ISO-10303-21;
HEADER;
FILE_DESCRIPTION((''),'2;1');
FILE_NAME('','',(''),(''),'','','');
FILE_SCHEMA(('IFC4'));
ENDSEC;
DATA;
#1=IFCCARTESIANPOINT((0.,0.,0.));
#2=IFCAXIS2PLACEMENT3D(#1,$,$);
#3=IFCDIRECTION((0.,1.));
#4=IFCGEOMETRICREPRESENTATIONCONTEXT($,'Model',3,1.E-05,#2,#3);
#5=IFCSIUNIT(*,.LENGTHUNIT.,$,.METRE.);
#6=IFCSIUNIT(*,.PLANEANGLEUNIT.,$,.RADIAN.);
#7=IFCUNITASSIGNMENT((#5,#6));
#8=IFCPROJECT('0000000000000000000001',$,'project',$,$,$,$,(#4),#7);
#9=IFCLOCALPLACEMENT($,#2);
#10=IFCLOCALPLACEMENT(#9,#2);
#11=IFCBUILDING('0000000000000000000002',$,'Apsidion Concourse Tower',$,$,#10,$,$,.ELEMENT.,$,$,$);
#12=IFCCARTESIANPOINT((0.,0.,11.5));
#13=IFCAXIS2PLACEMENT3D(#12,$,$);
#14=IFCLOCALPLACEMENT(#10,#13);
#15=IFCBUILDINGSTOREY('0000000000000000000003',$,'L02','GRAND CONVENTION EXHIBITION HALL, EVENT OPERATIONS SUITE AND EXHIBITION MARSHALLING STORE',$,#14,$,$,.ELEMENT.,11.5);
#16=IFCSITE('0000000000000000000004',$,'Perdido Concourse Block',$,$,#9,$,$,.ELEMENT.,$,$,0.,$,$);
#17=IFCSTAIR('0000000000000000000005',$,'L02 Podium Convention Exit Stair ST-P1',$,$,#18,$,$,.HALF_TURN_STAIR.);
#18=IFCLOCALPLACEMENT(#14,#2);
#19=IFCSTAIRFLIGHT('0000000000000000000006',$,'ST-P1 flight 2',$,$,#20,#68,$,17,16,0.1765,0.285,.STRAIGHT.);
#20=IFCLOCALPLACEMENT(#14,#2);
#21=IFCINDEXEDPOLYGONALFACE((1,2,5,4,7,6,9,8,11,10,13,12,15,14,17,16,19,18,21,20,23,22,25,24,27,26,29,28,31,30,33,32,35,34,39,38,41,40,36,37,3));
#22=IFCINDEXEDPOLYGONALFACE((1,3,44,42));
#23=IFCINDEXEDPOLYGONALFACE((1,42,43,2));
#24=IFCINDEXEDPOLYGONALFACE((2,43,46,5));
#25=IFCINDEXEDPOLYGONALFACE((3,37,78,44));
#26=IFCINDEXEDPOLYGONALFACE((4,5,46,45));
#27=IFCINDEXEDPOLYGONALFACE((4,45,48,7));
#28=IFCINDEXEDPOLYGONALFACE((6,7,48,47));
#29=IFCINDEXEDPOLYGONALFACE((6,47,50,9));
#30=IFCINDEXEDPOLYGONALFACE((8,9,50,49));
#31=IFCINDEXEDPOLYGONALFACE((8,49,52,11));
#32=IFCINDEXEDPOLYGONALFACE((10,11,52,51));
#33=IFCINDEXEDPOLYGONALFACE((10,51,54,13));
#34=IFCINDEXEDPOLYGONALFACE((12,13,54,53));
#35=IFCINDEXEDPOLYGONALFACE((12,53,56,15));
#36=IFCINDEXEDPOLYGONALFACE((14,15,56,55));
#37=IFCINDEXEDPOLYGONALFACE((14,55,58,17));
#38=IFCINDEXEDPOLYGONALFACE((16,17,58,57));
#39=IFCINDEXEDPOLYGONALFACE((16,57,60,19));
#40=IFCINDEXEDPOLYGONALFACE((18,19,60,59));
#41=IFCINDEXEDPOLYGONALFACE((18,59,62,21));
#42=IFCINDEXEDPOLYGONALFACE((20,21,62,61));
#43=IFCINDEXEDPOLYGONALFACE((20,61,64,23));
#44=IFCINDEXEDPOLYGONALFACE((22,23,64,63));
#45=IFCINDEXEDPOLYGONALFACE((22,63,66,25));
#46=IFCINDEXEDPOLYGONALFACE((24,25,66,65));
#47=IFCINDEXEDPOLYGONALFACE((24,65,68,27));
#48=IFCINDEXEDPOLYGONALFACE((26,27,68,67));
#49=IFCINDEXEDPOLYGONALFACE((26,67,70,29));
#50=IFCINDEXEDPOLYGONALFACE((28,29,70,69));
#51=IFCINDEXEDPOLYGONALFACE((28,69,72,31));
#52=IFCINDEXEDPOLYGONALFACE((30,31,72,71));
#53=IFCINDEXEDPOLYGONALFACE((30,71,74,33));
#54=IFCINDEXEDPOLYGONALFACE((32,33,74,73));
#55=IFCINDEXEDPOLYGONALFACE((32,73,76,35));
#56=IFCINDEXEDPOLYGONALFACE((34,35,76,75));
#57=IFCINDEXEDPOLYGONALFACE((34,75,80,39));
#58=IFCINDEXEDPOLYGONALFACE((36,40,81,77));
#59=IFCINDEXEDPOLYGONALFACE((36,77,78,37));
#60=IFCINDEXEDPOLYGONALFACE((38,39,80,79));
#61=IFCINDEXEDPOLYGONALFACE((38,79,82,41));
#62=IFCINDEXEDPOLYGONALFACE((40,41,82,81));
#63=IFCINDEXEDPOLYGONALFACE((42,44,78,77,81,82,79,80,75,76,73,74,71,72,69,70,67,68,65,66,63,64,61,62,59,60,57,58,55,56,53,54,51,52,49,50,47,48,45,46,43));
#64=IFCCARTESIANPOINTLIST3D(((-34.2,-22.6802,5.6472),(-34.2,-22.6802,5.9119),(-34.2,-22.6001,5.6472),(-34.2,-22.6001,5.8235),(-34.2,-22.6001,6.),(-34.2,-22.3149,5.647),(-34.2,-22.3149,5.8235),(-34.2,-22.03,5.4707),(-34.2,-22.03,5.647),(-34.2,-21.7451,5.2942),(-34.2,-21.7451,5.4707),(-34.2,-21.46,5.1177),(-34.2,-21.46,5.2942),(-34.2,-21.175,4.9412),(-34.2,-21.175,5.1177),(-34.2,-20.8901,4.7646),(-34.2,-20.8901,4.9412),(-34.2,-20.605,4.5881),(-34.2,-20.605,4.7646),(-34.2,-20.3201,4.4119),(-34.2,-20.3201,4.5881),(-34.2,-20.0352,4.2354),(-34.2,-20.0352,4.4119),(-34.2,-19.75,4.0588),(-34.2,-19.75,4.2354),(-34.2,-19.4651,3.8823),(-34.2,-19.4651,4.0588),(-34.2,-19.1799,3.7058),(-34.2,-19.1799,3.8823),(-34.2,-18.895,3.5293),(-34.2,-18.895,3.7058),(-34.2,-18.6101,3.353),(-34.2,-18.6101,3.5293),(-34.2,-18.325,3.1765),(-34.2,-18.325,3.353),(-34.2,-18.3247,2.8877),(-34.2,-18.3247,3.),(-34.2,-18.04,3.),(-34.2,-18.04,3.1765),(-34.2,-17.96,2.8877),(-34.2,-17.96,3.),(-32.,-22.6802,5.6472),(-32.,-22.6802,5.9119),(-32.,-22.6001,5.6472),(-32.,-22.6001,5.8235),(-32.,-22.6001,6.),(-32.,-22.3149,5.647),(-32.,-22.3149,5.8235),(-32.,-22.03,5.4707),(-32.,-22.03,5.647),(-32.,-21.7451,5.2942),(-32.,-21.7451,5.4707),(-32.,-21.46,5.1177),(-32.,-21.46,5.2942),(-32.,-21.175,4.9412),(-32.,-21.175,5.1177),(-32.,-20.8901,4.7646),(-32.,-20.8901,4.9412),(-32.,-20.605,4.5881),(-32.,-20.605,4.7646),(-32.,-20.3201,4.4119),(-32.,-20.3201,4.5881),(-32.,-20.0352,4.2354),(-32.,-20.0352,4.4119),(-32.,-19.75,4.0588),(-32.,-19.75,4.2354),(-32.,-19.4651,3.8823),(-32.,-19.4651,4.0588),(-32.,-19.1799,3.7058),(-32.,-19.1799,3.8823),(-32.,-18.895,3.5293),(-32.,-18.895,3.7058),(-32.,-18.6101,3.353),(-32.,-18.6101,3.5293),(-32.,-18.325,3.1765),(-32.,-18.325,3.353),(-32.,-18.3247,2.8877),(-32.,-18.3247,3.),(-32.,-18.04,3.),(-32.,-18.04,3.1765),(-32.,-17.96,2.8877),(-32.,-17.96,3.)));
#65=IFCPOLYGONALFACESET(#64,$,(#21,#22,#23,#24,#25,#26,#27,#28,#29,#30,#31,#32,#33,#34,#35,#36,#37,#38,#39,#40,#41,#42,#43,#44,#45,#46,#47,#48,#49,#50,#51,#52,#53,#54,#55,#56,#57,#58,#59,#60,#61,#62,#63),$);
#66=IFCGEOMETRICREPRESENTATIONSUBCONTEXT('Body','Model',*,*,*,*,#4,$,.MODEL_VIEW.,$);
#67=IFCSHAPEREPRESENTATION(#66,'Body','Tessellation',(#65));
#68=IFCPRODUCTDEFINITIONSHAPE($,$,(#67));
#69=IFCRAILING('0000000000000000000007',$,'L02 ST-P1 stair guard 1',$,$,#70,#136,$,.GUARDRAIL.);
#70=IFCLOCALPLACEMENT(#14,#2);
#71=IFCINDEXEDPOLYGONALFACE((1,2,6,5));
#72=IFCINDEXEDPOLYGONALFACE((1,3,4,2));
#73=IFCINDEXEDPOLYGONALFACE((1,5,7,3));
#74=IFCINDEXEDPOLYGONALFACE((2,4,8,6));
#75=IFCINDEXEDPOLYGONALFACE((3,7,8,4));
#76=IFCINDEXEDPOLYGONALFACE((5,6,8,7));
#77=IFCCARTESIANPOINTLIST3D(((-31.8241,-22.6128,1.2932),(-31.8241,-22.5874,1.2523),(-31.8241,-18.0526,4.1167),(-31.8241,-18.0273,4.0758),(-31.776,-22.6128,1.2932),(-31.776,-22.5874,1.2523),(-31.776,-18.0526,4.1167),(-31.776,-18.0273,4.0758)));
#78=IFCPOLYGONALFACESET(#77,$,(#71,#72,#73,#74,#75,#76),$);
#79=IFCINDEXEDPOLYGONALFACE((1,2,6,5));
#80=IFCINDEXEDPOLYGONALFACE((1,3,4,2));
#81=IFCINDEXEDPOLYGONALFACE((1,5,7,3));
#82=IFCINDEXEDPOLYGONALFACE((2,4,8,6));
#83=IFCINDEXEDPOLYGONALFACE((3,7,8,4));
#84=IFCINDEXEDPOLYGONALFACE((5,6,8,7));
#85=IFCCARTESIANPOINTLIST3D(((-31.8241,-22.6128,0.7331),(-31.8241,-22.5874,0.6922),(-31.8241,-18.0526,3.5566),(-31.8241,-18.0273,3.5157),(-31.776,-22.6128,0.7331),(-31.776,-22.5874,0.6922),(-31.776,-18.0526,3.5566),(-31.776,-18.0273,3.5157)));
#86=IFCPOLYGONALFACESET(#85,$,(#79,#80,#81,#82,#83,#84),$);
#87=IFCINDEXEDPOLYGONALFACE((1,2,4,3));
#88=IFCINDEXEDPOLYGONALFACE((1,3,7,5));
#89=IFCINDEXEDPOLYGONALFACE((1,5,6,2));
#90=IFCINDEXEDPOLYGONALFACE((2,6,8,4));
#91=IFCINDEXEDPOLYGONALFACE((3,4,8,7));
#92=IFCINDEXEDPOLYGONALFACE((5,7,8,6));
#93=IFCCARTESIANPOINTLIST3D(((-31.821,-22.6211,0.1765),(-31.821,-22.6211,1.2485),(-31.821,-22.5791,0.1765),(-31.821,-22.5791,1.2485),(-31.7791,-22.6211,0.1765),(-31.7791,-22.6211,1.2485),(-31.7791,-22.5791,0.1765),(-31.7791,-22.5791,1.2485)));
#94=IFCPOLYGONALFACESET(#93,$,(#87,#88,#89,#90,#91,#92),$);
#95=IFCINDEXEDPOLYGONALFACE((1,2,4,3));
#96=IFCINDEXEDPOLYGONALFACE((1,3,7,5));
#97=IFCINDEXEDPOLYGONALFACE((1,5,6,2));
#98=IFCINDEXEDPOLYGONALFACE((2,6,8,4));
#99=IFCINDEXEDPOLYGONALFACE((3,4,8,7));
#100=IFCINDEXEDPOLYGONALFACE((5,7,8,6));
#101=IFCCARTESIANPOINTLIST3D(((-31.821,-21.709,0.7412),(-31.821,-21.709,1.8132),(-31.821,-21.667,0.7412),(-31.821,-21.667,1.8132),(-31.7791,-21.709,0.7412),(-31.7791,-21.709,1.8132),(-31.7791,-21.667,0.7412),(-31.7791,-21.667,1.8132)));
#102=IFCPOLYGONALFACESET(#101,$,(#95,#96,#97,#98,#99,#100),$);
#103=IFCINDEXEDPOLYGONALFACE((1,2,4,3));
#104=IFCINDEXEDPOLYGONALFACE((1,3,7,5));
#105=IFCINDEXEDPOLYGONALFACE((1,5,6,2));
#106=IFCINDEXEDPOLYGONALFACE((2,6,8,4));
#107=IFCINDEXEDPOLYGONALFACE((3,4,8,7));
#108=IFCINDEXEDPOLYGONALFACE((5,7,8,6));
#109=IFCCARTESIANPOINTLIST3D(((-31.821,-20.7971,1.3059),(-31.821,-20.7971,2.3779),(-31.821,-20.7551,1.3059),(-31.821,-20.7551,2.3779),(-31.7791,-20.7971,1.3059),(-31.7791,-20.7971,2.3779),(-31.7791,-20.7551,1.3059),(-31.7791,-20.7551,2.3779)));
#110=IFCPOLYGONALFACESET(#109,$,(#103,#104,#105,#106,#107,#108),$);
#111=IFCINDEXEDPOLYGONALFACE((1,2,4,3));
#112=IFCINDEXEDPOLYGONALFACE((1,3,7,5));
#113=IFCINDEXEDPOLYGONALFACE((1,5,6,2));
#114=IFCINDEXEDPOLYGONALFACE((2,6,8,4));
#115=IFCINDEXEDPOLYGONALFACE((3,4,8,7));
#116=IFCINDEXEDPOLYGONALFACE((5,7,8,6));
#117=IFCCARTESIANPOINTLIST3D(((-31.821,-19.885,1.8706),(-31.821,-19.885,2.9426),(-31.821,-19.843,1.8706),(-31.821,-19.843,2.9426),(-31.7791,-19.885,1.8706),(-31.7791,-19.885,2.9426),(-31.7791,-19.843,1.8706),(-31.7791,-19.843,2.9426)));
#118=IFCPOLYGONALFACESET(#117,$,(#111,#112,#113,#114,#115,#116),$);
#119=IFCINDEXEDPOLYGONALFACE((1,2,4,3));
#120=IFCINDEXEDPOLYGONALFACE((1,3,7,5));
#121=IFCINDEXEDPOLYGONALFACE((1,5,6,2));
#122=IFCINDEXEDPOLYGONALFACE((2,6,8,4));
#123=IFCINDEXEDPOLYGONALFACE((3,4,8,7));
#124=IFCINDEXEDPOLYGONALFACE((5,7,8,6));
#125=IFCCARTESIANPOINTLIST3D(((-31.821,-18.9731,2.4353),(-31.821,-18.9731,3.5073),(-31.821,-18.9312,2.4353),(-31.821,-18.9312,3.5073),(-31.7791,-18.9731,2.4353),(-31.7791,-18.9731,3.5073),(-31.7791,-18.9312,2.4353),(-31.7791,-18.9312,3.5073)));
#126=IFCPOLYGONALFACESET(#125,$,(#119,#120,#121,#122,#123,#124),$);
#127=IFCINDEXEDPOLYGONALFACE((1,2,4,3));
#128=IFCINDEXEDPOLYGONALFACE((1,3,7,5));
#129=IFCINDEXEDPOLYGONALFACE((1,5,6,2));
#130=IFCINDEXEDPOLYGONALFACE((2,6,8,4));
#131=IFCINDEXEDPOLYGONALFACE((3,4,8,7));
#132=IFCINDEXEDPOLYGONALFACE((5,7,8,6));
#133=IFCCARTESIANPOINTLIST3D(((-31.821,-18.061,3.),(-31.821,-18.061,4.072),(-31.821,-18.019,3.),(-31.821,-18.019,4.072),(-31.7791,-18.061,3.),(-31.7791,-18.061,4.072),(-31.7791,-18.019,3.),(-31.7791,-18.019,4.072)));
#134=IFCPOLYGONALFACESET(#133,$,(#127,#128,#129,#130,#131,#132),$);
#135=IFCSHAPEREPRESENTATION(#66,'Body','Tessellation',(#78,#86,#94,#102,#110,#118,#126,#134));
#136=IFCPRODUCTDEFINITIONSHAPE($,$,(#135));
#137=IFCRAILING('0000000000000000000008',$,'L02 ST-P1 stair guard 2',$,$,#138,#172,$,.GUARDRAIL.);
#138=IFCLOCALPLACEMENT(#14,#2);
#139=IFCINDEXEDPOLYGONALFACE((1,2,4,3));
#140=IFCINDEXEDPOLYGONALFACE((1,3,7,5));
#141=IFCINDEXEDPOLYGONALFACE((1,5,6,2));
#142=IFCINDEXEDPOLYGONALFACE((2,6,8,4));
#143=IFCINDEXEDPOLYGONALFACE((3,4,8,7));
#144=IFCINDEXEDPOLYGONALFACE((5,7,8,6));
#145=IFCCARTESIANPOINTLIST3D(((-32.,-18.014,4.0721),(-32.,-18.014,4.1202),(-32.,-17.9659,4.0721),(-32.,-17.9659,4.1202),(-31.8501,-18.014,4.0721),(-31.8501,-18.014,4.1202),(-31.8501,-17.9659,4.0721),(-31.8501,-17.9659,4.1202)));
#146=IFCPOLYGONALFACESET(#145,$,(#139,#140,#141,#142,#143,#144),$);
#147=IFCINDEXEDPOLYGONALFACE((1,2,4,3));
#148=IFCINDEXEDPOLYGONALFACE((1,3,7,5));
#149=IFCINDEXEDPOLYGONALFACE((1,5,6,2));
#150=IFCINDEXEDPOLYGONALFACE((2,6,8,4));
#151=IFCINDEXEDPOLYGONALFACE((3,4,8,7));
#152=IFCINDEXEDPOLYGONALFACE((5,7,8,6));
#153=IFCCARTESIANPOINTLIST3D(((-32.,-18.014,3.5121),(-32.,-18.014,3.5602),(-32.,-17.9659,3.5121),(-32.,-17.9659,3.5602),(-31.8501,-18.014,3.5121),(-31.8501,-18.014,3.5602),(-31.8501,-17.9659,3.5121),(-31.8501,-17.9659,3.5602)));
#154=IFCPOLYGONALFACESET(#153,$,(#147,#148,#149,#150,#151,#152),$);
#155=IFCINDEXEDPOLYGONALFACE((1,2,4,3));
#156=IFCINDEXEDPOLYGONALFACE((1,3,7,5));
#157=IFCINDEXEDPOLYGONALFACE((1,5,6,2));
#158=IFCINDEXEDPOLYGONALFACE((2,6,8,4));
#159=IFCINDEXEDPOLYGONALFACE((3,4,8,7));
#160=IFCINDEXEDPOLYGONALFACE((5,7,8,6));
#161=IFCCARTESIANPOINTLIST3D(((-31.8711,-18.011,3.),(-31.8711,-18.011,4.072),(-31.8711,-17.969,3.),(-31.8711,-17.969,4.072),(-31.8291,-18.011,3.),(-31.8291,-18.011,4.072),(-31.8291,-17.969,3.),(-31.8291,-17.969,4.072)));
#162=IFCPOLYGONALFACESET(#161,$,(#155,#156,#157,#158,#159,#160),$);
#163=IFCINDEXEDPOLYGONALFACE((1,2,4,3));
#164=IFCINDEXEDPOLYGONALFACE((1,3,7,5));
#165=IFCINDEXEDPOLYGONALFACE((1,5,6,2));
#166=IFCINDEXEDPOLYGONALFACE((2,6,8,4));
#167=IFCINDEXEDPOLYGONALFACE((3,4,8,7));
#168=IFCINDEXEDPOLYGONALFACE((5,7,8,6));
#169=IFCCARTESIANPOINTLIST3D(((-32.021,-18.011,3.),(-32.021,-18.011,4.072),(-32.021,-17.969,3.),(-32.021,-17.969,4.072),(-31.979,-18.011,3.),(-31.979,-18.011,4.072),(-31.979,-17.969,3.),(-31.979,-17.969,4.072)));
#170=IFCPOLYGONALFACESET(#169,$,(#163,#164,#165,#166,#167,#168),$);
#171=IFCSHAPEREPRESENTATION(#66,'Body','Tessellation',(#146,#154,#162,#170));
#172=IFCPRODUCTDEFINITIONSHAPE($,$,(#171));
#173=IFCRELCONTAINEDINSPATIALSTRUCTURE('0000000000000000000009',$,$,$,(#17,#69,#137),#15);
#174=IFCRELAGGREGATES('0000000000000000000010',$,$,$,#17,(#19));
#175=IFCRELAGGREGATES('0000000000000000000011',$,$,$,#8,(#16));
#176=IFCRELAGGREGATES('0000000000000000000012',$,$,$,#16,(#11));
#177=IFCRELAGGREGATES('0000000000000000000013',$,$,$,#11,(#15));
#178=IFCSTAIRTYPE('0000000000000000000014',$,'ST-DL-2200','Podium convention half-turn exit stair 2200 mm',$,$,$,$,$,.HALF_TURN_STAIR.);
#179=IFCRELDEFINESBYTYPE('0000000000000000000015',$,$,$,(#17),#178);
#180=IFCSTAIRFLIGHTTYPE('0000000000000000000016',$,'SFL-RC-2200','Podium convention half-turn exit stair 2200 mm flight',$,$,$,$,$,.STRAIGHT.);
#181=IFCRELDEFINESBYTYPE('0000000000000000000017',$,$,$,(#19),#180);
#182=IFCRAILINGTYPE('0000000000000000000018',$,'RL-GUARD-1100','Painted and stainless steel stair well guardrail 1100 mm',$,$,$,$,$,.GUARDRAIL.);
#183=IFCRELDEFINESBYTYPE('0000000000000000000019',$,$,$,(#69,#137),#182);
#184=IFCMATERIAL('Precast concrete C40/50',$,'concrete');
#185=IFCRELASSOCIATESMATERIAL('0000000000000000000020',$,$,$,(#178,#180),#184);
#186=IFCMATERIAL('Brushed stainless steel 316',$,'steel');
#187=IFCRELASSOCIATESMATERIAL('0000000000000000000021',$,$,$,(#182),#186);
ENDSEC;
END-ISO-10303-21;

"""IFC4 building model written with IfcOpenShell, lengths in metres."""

from ifc_helpers import new_model, si_unit, direction, frame, origin, origin_2d, place, context, subcontext, project, spatial, polyline, rectangle, outline, extrude, material, type_object, element, aggregate, save


model = new_model("IFC4")

# Units and contexts
model_context = context("Model", 3, precision=1e-05, world=origin(), true_north=direction((0.0, 1.0)))
body_context = subcontext(model_context, "Body", "Model", "MODEL_VIEW")
ifc_project = project(units=[si_unit("LENGTHUNIT", "METRE"), si_unit("PLANEANGLEUNIT", "RADIAN")], contexts=[model_context])

# Site, building, storey
site_placement = place(None, origin())
site = spatial("IfcSite", under=ifc_project, at=site_placement, Name="Perdido Concourse Block", CompositionType="ELEMENT", RefElevation=0.0)
building_placement = place(site_placement, origin())
building = spatial("IfcBuilding", under=site, at=building_placement, Name="Apsidion Concourse Tower", CompositionType="ELEMENT")
storey_placement = place(building_placement, frame((0.0, 0.0, 11.5)))
storey = spatial("IfcBuildingStorey", under=building, at=storey_placement, Name="L02", Description="GRAND CONVENTION EXHIBITION HALL, EVENT OPERATIONS SUITE AND EXHIBITION MARSHALLING STORE", CompositionType="ELEMENT", Elevation=11.5)

# Shared definitions
ifc_material_1 = material(Name="Precast concrete C40/50", Category="concrete")

# Shared definitions
ifc_material_2 = material(Name="Brushed stainless steel 316", Category="steel")

# Stair, stair flight
stair_type = type_object("IfcStairType", Name="ST-DL-2200", Description="Podium convention half-turn exit stair 2200 mm", PredefinedType="HALF_TURN_STAIR", material=ifc_material_1)
stair_placement = place(storey_placement, origin())
stair = element("IfcStair", 1, at=stair_placement, inside=storey, type_object=stair_type, Name="L02 Podium Convention Exit Stair ST-P1", PredefinedType="HALF_TURN_STAIR")
stair_flight_type = type_object("IfcStairFlightType", Name="SFL-RC-2200", Description="Podium convention half-turn exit stair 2200 mm flight", PredefinedType="STRAIGHT", material=ifc_material_1)
stair_flight_1_placement = place(storey_placement, frame((-33.1001, -18.04, 3.0), z_axis=(0.0, 0.0, 1.0), x_axis=(0.0, -1.0, 0.0)))
stair_flight_1 = element("IfcStairFlight", 2, at=stair_flight_1_placement, type_object=stair_flight_type, Name="ST-P1 flight 2", NumberOfRisers=17, NumberOfTreads=16, PredefinedType="STRAIGHT", RiserHeight=0.1765, TreadLength=0.285, context=body_context, shape_type="SweptSolid", body=[
    extrude(outline(polyline([(-0.0801, -0.1123), (-0.0801, 0.0), (0.0, 0.0), (0.0, 0.1765), (0.2849, 0.1765), (0.2849, 0.353), (0.5701, 0.353), (0.5701, 0.5293), (0.855, 0.5293), (0.855, 0.7058), (1.1399, 0.7058), (1.1399, 0.8823), (1.425, 0.8823), (1.425, 1.0588), (1.71, 1.0588), (1.71, 1.2354), (1.9951, 1.2354), (1.9951, 1.4119), (2.28, 1.4119), (2.28, 1.5881), (2.5649, 1.5881), (2.5649, 1.7646), (2.8501, 1.7646), (2.8501, 1.9412), (3.135, 1.9412), (3.135, 2.1177), (3.4199, 2.1177), (3.4199, 2.2942), (3.7051, 2.2942), (3.7051, 2.4707), (3.99, 2.4707), (3.99, 2.647), (4.2749, 2.647), (4.2749, 2.8235), (4.5601, 2.8235), (4.5601, 3.0), (4.6401, 2.9119), (4.6401, 2.6472), (4.5601, 2.6472), (0.2847, 0.0), (0.2847, -0.1123), (-0.0801, -0.1123)])), frame((0.0, 1.1001, 0.0), z_axis=(0.0, -1.0, 0.0), x_axis=(1.0, 0.0, 0.0)), (0.0, 0.0, 1.0), 2.2),
])
aggregate(stair, [stair_flight_1])

# Railings
railing_type_1 = type_object("IfcRailingType", Name="RL-GUARD-1100", Description="Painted and stainless steel stair well guardrail 1100 mm", PredefinedType="GUARDRAIL", material=ifc_material_2)
railing_1_placement = place(storey_placement, frame((-31.8, -22.6001, 0.1765)))
element("IfcRailing", 3, at=railing_1_placement, inside=storey, type_object=railing_type_1, Name="L02 ST-P1 stair guard 1", PredefinedType="GUARDRAIL", context=body_context, shape_type="SweptSolid", body=[
    extrude(rectangle(XDim=0.0481, YDim=0.0481, at=origin_2d()), frame((0.0, 0.0, 1.0962), z_axis=(0.0, 0.850216, 0.526435), x_axis=(-1.0, 0.0, 0.0)), (0.0, 0.0, 1.0), 5.3635),
    extrude(rectangle(XDim=0.0481, YDim=0.0481, at=origin_2d()), frame((0.0, 0.0, 0.5361), z_axis=(0.0, 0.850216, 0.526435), x_axis=(-1.0, 0.0, 0.0)), (0.0, 0.0, 1.0), 5.3635),
    extrude(rectangle(XDim=0.042, YDim=0.042, at=origin_2d()), origin(), (0.0, 0.0, 1.0), 1.072),
    extrude(rectangle(XDim=0.042, YDim=0.042, at=origin_2d()), frame((0.0, 0.9121, 0.5647)), (0.0, 0.0, 1.0), 1.072),
    extrude(rectangle(XDim=0.042, YDim=0.042, at=origin_2d()), frame((0.0, 1.824, 1.1294)), (0.0, 0.0, 1.0), 1.072),
    extrude(rectangle(XDim=0.042, YDim=0.042, at=origin_2d()), frame((0.0, 2.7361, 1.6941)), (0.0, 0.0, 1.0), 1.072),
    extrude(rectangle(XDim=0.042, YDim=0.042, at=origin_2d()), frame((0.0, 3.6479, 2.2588)), (0.0, 0.0, 1.0), 1.072),
    extrude(rectangle(XDim=0.042, YDim=0.042, at=origin_2d()), frame((0.0, 4.5601, 2.8235)), (0.0, 0.0, 1.0), 1.072),
])
railing_2_placement = place(storey_placement, frame((-31.8501, -17.99, 3.0)))
element("IfcRailing", 4, at=railing_2_placement, inside=storey, type_object=railing_type_1, Name="L02 ST-P1 stair guard 2", PredefinedType="GUARDRAIL", context=body_context, shape_type="SweptSolid", body=[
    extrude(rectangle(XDim=0.0481, YDim=0.0481, at=origin_2d()), frame((0.0, 0.0, 1.0962), z_axis=(-1.0, 0.0, 0.0), x_axis=(0.0, -1.0, 0.0)), (0.0, 0.0, 1.0), 0.1499),
    extrude(rectangle(XDim=0.0481, YDim=0.0481, at=origin_2d()), frame((0.0, 0.0, 0.5361), z_axis=(-1.0, 0.0, 0.0), x_axis=(0.0, -1.0, 0.0)), (0.0, 0.0, 1.0), 0.1499),
    extrude(rectangle(XDim=0.042, YDim=0.042, at=origin_2d()), origin(), (0.0, 0.0, 1.0), 1.072),
    extrude(rectangle(XDim=0.042, YDim=0.042, at=origin_2d()), frame((-0.1499, 0.0, 0.0)), (0.0, 0.0, 1.0), 1.072),
])

save(model, "model.ifc")
